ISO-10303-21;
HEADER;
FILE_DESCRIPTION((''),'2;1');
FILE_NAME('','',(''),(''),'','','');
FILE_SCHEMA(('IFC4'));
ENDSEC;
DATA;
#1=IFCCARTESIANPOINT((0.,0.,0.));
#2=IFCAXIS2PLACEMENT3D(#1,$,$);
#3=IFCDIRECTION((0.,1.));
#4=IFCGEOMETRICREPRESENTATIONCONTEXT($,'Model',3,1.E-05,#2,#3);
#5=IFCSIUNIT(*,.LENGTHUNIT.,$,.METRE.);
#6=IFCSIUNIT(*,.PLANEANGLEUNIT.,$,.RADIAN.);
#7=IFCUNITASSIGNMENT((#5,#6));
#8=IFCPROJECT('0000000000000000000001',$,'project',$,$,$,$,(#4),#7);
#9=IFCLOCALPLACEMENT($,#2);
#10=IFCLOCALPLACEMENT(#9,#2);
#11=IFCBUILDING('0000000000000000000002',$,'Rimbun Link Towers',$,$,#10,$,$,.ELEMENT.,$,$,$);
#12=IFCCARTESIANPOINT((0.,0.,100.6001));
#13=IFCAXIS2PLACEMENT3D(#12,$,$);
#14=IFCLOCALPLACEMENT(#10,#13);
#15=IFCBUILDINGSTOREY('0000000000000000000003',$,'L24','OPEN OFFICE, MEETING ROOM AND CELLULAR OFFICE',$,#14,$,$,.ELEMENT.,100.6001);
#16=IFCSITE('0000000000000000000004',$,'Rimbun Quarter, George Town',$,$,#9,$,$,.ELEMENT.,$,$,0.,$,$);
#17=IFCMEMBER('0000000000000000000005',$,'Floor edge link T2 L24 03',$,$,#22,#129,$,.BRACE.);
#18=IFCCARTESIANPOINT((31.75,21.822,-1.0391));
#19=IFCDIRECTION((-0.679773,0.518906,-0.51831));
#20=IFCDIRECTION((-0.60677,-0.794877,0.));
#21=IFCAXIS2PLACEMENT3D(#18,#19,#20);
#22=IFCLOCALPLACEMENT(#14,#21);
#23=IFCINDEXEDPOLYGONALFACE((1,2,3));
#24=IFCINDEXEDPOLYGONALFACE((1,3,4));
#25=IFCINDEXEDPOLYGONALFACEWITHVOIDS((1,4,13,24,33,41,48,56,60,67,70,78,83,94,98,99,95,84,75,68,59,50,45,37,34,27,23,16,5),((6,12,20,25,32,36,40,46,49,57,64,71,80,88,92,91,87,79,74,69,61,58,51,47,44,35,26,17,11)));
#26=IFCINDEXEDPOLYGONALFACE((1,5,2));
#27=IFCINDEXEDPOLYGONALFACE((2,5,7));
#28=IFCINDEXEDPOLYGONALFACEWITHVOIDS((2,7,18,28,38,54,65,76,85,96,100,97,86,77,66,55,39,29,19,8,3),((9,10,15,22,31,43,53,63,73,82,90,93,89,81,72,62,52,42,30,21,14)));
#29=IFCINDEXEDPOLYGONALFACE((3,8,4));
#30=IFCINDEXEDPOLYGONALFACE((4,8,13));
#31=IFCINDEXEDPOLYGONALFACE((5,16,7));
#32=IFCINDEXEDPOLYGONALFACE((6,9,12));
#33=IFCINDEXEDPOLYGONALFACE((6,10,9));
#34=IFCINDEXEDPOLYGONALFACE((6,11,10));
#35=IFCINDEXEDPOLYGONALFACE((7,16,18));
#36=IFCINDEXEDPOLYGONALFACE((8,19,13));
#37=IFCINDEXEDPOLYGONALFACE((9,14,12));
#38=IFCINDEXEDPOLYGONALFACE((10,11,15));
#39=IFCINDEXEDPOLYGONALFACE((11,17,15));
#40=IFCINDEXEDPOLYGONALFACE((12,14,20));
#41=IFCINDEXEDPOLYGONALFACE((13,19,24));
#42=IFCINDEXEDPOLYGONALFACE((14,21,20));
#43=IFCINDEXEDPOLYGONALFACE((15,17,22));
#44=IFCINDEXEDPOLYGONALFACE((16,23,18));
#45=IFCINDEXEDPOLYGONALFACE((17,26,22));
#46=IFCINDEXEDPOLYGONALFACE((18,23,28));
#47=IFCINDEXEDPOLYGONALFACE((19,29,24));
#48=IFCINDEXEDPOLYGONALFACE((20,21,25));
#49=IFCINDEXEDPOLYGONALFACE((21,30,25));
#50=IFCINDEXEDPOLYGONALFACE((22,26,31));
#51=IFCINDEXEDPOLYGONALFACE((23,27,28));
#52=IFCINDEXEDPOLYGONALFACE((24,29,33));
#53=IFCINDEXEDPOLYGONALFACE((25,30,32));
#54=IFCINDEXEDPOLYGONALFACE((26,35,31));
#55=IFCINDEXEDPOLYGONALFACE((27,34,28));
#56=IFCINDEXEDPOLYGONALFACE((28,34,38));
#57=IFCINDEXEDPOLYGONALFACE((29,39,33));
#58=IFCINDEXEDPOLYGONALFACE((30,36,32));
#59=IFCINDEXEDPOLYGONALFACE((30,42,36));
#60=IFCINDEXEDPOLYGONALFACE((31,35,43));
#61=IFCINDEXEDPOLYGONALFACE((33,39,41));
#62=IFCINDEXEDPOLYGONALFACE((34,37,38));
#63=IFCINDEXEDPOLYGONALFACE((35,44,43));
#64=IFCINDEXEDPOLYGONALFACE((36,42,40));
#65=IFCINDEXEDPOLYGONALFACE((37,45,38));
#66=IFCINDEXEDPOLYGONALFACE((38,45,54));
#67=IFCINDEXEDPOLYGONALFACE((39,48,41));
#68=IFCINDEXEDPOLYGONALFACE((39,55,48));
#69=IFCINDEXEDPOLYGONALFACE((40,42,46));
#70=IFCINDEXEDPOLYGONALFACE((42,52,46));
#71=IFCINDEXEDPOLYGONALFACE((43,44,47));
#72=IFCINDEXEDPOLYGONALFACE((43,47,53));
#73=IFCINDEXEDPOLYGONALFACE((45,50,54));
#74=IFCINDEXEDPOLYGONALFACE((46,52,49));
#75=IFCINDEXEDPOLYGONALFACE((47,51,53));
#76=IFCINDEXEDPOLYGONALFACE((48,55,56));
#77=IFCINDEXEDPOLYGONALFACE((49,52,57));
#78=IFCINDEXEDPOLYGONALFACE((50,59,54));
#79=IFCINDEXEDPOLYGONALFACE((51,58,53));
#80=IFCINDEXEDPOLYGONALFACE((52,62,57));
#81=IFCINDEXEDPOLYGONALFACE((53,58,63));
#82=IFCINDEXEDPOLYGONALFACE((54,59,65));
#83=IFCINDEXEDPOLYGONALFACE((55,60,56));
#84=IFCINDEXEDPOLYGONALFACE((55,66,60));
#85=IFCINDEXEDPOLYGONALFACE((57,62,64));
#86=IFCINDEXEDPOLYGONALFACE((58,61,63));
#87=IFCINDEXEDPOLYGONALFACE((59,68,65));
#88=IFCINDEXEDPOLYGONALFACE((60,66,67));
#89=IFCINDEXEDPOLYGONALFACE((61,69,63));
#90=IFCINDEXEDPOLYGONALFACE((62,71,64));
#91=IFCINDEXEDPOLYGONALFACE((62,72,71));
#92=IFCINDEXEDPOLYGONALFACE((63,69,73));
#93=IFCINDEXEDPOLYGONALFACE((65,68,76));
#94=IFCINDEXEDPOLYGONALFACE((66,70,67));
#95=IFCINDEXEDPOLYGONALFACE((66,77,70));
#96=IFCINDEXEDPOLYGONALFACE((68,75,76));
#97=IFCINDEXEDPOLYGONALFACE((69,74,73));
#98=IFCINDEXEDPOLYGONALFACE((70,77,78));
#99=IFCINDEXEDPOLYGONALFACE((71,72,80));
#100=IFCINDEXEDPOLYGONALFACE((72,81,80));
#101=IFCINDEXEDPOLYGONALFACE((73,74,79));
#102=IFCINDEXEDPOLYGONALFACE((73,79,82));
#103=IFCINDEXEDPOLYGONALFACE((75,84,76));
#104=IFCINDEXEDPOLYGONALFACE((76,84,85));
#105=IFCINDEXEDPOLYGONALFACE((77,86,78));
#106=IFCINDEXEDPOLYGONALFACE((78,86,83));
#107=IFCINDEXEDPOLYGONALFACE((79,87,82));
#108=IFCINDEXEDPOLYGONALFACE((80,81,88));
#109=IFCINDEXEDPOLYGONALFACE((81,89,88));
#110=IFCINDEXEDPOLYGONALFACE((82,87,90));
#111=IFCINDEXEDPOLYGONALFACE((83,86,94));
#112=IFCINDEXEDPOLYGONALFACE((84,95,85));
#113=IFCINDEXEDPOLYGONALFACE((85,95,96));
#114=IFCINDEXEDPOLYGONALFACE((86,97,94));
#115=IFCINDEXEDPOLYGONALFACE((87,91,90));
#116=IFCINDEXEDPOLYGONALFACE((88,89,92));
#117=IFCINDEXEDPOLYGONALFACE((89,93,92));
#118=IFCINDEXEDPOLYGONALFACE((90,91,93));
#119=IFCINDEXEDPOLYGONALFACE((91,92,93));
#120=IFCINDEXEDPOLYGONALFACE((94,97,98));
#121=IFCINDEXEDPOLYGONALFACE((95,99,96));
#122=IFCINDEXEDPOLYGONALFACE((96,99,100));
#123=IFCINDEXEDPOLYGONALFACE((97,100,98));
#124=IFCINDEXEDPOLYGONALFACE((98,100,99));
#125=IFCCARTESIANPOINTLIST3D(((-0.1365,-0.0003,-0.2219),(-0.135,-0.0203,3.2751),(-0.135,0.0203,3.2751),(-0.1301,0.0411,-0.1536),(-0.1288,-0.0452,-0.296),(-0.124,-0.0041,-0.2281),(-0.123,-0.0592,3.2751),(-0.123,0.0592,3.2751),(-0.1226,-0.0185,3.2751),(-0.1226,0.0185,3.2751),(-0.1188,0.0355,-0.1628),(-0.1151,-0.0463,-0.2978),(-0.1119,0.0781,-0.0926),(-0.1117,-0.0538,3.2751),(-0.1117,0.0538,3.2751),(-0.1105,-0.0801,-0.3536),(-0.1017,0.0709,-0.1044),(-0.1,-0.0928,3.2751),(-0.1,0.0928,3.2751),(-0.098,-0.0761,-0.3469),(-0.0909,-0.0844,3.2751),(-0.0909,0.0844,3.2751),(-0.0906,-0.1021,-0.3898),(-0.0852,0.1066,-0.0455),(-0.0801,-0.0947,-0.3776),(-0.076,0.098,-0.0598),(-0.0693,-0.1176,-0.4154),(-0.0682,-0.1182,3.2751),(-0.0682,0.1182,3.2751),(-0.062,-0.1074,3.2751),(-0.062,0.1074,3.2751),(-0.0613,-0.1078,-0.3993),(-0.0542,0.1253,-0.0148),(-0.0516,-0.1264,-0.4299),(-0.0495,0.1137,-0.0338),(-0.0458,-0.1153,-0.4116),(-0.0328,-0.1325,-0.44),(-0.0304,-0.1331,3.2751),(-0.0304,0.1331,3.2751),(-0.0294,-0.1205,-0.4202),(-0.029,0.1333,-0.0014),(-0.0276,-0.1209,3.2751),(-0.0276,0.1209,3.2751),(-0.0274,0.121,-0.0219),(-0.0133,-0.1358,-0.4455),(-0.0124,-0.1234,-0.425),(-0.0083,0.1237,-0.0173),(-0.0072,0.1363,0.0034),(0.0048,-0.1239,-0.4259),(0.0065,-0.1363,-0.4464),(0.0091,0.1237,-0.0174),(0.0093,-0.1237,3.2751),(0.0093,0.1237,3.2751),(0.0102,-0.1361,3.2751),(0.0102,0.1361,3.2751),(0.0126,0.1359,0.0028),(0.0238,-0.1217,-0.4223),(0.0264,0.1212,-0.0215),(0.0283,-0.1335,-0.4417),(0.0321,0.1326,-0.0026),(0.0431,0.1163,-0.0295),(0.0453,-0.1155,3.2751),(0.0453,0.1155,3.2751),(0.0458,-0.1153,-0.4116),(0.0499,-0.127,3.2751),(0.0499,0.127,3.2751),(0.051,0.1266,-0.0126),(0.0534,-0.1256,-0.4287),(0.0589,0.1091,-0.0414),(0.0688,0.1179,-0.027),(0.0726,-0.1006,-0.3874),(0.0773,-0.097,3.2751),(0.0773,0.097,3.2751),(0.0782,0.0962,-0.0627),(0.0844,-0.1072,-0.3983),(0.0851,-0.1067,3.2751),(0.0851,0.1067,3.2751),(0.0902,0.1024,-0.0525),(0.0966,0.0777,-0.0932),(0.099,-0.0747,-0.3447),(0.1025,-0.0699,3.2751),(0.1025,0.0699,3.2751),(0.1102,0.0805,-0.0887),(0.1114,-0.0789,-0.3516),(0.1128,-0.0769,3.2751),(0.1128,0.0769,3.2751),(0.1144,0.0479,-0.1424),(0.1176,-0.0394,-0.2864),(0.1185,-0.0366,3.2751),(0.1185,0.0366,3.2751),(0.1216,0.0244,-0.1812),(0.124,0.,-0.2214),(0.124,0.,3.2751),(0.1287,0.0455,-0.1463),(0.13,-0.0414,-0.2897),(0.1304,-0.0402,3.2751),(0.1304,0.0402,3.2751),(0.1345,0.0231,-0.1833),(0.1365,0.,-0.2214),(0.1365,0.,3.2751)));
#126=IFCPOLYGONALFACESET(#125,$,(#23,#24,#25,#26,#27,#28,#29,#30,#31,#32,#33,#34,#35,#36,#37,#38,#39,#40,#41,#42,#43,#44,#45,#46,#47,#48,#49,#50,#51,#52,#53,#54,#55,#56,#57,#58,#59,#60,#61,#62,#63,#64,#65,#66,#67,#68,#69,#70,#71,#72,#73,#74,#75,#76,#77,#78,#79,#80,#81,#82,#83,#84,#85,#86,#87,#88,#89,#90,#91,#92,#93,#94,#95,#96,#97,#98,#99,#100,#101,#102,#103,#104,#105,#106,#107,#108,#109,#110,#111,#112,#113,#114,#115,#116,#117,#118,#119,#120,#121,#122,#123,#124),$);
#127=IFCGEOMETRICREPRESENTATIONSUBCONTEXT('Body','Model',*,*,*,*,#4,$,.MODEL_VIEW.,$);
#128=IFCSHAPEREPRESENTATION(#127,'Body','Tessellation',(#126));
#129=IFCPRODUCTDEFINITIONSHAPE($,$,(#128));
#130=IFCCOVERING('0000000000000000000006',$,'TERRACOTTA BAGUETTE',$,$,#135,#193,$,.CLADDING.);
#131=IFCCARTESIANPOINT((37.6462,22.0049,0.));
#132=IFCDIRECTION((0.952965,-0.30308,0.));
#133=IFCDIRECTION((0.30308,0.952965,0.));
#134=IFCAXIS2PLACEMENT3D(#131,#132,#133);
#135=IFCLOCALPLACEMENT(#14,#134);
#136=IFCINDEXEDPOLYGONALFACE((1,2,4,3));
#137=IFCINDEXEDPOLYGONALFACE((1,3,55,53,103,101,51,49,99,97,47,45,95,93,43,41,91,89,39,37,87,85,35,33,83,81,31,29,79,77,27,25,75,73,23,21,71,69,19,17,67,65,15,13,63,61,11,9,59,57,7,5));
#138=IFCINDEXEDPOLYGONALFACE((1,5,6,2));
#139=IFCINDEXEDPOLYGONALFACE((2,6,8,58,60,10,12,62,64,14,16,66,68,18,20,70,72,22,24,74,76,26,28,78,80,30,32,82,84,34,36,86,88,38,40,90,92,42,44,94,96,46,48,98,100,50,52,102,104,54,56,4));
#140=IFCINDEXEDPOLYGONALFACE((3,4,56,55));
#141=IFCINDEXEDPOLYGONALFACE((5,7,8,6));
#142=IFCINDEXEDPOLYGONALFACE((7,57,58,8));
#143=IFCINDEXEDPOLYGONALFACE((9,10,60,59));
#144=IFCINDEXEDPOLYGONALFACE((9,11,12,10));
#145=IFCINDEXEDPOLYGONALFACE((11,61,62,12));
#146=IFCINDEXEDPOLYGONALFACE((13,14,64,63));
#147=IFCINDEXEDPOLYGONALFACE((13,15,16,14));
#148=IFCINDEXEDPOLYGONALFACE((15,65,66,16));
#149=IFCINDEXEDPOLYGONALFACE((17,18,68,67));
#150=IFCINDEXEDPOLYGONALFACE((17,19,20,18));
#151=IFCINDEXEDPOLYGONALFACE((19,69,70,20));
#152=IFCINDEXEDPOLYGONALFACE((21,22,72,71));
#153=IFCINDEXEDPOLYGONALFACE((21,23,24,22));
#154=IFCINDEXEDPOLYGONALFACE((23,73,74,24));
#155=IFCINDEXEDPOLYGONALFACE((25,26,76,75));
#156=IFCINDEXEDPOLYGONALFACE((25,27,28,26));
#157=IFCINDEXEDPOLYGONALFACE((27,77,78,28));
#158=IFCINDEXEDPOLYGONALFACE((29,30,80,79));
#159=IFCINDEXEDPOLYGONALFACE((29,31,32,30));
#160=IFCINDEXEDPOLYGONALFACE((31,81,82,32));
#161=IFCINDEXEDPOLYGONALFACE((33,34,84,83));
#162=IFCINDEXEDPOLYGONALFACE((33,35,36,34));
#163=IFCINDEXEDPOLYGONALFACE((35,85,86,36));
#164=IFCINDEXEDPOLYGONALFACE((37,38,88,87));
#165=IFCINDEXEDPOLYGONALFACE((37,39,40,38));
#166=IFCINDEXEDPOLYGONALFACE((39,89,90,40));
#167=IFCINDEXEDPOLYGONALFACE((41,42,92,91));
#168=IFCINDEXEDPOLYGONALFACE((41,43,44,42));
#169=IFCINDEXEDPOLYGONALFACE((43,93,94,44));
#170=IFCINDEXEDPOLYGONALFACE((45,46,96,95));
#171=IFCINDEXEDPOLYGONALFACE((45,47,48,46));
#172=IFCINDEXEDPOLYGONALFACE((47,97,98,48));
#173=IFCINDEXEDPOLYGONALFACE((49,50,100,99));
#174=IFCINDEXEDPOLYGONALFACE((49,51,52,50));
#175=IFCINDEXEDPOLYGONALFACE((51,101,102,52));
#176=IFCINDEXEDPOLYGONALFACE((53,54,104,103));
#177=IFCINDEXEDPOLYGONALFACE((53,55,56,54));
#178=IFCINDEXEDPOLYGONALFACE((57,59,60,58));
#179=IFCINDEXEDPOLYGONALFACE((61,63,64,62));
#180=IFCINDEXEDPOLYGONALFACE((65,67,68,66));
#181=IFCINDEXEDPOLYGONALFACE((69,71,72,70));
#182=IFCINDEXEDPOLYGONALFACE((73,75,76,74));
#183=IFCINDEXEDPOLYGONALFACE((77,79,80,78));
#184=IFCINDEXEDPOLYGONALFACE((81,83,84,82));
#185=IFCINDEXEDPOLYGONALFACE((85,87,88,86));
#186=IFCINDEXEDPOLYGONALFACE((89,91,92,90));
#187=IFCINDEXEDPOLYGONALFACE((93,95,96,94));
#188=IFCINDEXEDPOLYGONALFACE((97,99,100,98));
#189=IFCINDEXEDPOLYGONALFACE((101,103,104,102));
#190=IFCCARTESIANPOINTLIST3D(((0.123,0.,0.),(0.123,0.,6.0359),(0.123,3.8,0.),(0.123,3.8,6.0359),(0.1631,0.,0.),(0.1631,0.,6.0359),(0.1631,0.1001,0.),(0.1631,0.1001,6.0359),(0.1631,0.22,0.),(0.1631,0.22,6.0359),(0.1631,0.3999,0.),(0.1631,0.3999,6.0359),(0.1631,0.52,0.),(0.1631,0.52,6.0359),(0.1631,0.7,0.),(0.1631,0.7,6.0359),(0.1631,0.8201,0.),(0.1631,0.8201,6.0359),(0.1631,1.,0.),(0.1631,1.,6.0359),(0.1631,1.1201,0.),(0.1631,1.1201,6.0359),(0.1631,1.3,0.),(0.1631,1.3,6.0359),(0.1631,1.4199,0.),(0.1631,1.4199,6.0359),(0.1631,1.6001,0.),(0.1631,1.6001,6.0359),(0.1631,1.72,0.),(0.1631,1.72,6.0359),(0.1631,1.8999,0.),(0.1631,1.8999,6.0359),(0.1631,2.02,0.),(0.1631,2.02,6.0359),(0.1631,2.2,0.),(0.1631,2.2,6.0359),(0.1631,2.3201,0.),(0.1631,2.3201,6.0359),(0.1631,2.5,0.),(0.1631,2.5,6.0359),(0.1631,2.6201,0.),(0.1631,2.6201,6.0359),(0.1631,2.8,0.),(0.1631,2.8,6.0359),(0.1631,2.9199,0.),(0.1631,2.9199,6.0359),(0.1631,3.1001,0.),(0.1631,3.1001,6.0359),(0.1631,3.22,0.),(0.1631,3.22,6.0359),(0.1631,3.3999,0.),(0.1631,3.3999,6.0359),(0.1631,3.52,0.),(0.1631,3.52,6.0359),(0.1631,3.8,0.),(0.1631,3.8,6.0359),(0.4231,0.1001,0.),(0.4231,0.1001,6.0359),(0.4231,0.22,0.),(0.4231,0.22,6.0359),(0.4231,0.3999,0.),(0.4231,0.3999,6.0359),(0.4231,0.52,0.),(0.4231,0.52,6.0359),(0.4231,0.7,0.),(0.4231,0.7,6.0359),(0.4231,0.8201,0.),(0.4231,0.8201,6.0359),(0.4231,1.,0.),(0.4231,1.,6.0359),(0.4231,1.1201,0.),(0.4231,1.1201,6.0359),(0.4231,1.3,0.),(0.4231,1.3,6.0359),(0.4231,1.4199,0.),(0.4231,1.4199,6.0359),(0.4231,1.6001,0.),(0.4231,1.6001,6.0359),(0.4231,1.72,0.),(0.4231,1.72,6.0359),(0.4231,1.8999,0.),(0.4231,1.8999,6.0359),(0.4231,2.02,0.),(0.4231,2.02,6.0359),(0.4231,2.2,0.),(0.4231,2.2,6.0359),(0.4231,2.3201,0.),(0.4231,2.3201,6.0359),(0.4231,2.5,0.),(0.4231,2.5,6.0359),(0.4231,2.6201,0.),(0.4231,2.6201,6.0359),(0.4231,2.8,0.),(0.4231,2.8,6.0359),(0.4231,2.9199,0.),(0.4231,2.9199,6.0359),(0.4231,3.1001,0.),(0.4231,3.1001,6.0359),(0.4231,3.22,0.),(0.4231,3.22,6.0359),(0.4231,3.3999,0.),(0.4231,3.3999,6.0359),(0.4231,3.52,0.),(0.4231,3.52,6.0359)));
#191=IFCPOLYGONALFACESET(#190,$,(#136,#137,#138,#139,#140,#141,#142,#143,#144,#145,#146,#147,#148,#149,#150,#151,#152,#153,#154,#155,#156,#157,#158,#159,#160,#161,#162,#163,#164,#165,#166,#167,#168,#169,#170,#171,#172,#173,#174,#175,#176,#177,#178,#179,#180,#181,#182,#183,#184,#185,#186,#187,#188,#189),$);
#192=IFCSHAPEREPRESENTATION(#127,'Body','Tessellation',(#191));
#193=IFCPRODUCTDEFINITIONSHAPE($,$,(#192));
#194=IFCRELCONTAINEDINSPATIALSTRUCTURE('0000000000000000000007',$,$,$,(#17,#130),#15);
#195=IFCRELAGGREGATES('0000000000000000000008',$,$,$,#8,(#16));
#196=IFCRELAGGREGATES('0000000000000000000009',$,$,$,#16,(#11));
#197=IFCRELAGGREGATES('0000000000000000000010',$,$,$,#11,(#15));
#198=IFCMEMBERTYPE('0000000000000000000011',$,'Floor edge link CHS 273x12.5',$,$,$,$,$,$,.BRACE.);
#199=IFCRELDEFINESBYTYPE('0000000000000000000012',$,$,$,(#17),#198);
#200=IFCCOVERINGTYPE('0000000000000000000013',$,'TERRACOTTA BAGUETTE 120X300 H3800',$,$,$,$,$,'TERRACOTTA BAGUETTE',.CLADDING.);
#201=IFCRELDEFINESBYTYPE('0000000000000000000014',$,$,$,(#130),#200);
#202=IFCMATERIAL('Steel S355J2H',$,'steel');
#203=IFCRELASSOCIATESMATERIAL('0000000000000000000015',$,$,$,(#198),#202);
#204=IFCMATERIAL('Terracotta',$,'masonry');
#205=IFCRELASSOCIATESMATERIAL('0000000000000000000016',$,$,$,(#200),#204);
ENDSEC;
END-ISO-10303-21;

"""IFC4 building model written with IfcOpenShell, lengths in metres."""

from ifc_helpers import new_model, si_unit, direction, frame, origin, origin_2d, place, context, subcontext, project, spatial, polyline, hollow_circle, outline, extrude, clip, halfspace, material, material_profile, profile_set, type_object, element, save


model = new_model("IFC4")

# Units and contexts
model_context = context("Model", 3, precision=1e-05, world=origin(), true_north=direction((0.0, 1.0)))
body_context = subcontext(model_context, "Body", "Model", "MODEL_VIEW")
ifc_project = project(units=[si_unit("LENGTHUNIT", "METRE"), si_unit("PLANEANGLEUNIT", "RADIAN")], contexts=[model_context])

# Site, building, storey
site_placement = place(None, origin())
site = spatial("IfcSite", under=ifc_project, at=site_placement, Name="Rimbun Quarter, George Town", CompositionType="ELEMENT", RefElevation=0.0)
building_placement = place(site_placement, origin())
building = spatial("IfcBuilding", under=site, at=building_placement, Name="Rimbun Link Towers", CompositionType="ELEMENT")
storey_placement = place(building_placement, frame((0.0, 0.0, 100.6001)))
storey = spatial("IfcBuildingStorey", under=building, at=storey_placement, Name="L24", Description="OPEN OFFICE, MEETING ROOM AND CELLULAR OFFICE", CompositionType="ELEMENT", Elevation=100.6001)

# Member
ifc_material_1 = material(Name="Steel S355J2H", Category="steel")
ifc_material_profile_1 = material_profile(ifc_material_1, hollow_circle(Radius=0.1365, WallThickness=0.0125, at=origin_2d()), Name="CHS 273x12.5")
ifc_profile_set_1 = profile_set([ifc_material_profile_1], Name="Steel S355J2H")
member_type_1 = type_object("IfcMemberType", Name="Floor edge link CHS 273x12.5", PredefinedType="BRACE", material=ifc_profile_set_1)
member_1_placement = place(storey_placement, frame((31.75, 21.822, -1.0391), z_axis=(-0.679773, 0.518906, -0.51831), x_axis=(-0.60677, -0.794877, 0.0)))
element("IfcMember", 1, at=member_1_placement, inside=storey, type_object=member_type_1, Name="Floor edge link T2 L24 03", PredefinedType="BRACE", context=body_context, shape_type="Clipping", body=[
    clip(extrude(hollow_circle(Radius=0.1365, WallThickness=0.0125, at=origin_2d()), frame((0.0, 0.0, -0.4697)), (0.0, 0.0, 1.0), 3.7449), halfspace(frame((0.0, 0.0, -0.2214), z_axis=(0.0, 0.855193, -0.51831)), False)),
])

# Covering
ifc_material_2 = material(Name="Terracotta", Category="masonry")
ifc_material_profile_2 = material_profile(ifc_material_2, outline(polyline([(0.123, 0.0), (0.1631, 0.0), (0.1631, 0.1001), (0.4231, 0.1001), (0.4231, 0.22), (0.1631, 0.22), (0.1631, 0.3999), (0.4231, 0.3999), (0.4231, 0.52), (0.1631, 0.52), (0.1631, 0.7), (0.4231, 0.7), (0.4231, 0.8201), (0.1631, 0.8201), (0.1631, 1.0), (0.4231, 1.0), (0.4231, 1.1201), (0.1631, 1.1201), (0.1631, 1.3), (0.4231, 1.3), (0.4231, 1.4199), (0.1631, 1.4199), (0.1631, 1.6001), (0.4231, 1.6001), (0.4231, 1.72), (0.1631, 1.72), (0.1631, 1.8999), (0.4231, 1.8999), (0.4231, 2.02), (0.1631, 2.02), (0.1631, 2.2), (0.4231, 2.2), (0.4231, 2.3201), (0.1631, 2.3201), (0.1631, 2.5), (0.4231, 2.5), (0.4231, 2.6201), (0.1631, 2.6201), (0.1631, 2.8), (0.4231, 2.8), (0.4231, 2.9199), (0.1631, 2.9199), (0.1631, 3.1001), (0.4231, 3.1001), (0.4231, 3.22), (0.1631, 3.22), (0.1631, 3.3999), (0.4231, 3.3999), (0.4231, 3.52), (0.1631, 3.52), (0.1631, 3.8), (0.123, 3.8), (0.123, 0.0)])), Name="BAGUETTE 120X300")
ifc_profile_set_2 = profile_set([ifc_material_profile_2], Name="Terracotta")
covering_type = type_object("IfcCoveringType", Name="TERRACOTTA BAGUETTE 120X300 H3800", ElementType="TERRACOTTA BAGUETTE", PredefinedType="CLADDING", material=ifc_profile_set_2)
covering_1_placement = place(storey_placement, frame((37.6462, 22.0049, 0.0), z_axis=(0.952965, -0.30308, 0.0), x_axis=(0.30308, 0.952965, 0.0)))
element("IfcCovering", 2, at=covering_1_placement, inside=storey, type_object=covering_type, Name="TERRACOTTA BAGUETTE", PredefinedType="CLADDING", context=body_context, shape_type="SweptSolid", body=[
    extrude(outline(polyline([(0.123, 0.0), (0.1631, 0.0), (0.1631, 0.1001), (0.4231, 0.1001), (0.4231, 0.22), (0.1631, 0.22), (0.1631, 0.3999), (0.4231, 0.3999), (0.4231, 0.52), (0.1631, 0.52), (0.1631, 0.7), (0.4231, 0.7), (0.4231, 0.8201), (0.1631, 0.8201), (0.1631, 1.0), (0.4231, 1.0), (0.4231, 1.1201), (0.1631, 1.1201), (0.1631, 1.3), (0.4231, 1.3), (0.4231, 1.4199), (0.1631, 1.4199), (0.1631, 1.6001), (0.4231, 1.6001), (0.4231, 1.72), (0.1631, 1.72), (0.1631, 1.8999), (0.4231, 1.8999), (0.4231, 2.02), (0.1631, 2.02), (0.1631, 2.2), (0.4231, 2.2), (0.4231, 2.3201), (0.1631, 2.3201), (0.1631, 2.5), (0.4231, 2.5), (0.4231, 2.6201), (0.1631, 2.6201), (0.1631, 2.8), (0.4231, 2.8), (0.4231, 2.9199), (0.1631, 2.9199), (0.1631, 3.1001), (0.4231, 3.1001), (0.4231, 3.22), (0.1631, 3.22), (0.1631, 3.3999), (0.4231, 3.3999), (0.4231, 3.52), (0.1631, 3.52), (0.1631, 3.8), (0.123, 3.8), (0.123, 0.0)])), origin(), (0.0, 0.0, 1.0), 6.0359),
])

save(model, "model.ifc")
